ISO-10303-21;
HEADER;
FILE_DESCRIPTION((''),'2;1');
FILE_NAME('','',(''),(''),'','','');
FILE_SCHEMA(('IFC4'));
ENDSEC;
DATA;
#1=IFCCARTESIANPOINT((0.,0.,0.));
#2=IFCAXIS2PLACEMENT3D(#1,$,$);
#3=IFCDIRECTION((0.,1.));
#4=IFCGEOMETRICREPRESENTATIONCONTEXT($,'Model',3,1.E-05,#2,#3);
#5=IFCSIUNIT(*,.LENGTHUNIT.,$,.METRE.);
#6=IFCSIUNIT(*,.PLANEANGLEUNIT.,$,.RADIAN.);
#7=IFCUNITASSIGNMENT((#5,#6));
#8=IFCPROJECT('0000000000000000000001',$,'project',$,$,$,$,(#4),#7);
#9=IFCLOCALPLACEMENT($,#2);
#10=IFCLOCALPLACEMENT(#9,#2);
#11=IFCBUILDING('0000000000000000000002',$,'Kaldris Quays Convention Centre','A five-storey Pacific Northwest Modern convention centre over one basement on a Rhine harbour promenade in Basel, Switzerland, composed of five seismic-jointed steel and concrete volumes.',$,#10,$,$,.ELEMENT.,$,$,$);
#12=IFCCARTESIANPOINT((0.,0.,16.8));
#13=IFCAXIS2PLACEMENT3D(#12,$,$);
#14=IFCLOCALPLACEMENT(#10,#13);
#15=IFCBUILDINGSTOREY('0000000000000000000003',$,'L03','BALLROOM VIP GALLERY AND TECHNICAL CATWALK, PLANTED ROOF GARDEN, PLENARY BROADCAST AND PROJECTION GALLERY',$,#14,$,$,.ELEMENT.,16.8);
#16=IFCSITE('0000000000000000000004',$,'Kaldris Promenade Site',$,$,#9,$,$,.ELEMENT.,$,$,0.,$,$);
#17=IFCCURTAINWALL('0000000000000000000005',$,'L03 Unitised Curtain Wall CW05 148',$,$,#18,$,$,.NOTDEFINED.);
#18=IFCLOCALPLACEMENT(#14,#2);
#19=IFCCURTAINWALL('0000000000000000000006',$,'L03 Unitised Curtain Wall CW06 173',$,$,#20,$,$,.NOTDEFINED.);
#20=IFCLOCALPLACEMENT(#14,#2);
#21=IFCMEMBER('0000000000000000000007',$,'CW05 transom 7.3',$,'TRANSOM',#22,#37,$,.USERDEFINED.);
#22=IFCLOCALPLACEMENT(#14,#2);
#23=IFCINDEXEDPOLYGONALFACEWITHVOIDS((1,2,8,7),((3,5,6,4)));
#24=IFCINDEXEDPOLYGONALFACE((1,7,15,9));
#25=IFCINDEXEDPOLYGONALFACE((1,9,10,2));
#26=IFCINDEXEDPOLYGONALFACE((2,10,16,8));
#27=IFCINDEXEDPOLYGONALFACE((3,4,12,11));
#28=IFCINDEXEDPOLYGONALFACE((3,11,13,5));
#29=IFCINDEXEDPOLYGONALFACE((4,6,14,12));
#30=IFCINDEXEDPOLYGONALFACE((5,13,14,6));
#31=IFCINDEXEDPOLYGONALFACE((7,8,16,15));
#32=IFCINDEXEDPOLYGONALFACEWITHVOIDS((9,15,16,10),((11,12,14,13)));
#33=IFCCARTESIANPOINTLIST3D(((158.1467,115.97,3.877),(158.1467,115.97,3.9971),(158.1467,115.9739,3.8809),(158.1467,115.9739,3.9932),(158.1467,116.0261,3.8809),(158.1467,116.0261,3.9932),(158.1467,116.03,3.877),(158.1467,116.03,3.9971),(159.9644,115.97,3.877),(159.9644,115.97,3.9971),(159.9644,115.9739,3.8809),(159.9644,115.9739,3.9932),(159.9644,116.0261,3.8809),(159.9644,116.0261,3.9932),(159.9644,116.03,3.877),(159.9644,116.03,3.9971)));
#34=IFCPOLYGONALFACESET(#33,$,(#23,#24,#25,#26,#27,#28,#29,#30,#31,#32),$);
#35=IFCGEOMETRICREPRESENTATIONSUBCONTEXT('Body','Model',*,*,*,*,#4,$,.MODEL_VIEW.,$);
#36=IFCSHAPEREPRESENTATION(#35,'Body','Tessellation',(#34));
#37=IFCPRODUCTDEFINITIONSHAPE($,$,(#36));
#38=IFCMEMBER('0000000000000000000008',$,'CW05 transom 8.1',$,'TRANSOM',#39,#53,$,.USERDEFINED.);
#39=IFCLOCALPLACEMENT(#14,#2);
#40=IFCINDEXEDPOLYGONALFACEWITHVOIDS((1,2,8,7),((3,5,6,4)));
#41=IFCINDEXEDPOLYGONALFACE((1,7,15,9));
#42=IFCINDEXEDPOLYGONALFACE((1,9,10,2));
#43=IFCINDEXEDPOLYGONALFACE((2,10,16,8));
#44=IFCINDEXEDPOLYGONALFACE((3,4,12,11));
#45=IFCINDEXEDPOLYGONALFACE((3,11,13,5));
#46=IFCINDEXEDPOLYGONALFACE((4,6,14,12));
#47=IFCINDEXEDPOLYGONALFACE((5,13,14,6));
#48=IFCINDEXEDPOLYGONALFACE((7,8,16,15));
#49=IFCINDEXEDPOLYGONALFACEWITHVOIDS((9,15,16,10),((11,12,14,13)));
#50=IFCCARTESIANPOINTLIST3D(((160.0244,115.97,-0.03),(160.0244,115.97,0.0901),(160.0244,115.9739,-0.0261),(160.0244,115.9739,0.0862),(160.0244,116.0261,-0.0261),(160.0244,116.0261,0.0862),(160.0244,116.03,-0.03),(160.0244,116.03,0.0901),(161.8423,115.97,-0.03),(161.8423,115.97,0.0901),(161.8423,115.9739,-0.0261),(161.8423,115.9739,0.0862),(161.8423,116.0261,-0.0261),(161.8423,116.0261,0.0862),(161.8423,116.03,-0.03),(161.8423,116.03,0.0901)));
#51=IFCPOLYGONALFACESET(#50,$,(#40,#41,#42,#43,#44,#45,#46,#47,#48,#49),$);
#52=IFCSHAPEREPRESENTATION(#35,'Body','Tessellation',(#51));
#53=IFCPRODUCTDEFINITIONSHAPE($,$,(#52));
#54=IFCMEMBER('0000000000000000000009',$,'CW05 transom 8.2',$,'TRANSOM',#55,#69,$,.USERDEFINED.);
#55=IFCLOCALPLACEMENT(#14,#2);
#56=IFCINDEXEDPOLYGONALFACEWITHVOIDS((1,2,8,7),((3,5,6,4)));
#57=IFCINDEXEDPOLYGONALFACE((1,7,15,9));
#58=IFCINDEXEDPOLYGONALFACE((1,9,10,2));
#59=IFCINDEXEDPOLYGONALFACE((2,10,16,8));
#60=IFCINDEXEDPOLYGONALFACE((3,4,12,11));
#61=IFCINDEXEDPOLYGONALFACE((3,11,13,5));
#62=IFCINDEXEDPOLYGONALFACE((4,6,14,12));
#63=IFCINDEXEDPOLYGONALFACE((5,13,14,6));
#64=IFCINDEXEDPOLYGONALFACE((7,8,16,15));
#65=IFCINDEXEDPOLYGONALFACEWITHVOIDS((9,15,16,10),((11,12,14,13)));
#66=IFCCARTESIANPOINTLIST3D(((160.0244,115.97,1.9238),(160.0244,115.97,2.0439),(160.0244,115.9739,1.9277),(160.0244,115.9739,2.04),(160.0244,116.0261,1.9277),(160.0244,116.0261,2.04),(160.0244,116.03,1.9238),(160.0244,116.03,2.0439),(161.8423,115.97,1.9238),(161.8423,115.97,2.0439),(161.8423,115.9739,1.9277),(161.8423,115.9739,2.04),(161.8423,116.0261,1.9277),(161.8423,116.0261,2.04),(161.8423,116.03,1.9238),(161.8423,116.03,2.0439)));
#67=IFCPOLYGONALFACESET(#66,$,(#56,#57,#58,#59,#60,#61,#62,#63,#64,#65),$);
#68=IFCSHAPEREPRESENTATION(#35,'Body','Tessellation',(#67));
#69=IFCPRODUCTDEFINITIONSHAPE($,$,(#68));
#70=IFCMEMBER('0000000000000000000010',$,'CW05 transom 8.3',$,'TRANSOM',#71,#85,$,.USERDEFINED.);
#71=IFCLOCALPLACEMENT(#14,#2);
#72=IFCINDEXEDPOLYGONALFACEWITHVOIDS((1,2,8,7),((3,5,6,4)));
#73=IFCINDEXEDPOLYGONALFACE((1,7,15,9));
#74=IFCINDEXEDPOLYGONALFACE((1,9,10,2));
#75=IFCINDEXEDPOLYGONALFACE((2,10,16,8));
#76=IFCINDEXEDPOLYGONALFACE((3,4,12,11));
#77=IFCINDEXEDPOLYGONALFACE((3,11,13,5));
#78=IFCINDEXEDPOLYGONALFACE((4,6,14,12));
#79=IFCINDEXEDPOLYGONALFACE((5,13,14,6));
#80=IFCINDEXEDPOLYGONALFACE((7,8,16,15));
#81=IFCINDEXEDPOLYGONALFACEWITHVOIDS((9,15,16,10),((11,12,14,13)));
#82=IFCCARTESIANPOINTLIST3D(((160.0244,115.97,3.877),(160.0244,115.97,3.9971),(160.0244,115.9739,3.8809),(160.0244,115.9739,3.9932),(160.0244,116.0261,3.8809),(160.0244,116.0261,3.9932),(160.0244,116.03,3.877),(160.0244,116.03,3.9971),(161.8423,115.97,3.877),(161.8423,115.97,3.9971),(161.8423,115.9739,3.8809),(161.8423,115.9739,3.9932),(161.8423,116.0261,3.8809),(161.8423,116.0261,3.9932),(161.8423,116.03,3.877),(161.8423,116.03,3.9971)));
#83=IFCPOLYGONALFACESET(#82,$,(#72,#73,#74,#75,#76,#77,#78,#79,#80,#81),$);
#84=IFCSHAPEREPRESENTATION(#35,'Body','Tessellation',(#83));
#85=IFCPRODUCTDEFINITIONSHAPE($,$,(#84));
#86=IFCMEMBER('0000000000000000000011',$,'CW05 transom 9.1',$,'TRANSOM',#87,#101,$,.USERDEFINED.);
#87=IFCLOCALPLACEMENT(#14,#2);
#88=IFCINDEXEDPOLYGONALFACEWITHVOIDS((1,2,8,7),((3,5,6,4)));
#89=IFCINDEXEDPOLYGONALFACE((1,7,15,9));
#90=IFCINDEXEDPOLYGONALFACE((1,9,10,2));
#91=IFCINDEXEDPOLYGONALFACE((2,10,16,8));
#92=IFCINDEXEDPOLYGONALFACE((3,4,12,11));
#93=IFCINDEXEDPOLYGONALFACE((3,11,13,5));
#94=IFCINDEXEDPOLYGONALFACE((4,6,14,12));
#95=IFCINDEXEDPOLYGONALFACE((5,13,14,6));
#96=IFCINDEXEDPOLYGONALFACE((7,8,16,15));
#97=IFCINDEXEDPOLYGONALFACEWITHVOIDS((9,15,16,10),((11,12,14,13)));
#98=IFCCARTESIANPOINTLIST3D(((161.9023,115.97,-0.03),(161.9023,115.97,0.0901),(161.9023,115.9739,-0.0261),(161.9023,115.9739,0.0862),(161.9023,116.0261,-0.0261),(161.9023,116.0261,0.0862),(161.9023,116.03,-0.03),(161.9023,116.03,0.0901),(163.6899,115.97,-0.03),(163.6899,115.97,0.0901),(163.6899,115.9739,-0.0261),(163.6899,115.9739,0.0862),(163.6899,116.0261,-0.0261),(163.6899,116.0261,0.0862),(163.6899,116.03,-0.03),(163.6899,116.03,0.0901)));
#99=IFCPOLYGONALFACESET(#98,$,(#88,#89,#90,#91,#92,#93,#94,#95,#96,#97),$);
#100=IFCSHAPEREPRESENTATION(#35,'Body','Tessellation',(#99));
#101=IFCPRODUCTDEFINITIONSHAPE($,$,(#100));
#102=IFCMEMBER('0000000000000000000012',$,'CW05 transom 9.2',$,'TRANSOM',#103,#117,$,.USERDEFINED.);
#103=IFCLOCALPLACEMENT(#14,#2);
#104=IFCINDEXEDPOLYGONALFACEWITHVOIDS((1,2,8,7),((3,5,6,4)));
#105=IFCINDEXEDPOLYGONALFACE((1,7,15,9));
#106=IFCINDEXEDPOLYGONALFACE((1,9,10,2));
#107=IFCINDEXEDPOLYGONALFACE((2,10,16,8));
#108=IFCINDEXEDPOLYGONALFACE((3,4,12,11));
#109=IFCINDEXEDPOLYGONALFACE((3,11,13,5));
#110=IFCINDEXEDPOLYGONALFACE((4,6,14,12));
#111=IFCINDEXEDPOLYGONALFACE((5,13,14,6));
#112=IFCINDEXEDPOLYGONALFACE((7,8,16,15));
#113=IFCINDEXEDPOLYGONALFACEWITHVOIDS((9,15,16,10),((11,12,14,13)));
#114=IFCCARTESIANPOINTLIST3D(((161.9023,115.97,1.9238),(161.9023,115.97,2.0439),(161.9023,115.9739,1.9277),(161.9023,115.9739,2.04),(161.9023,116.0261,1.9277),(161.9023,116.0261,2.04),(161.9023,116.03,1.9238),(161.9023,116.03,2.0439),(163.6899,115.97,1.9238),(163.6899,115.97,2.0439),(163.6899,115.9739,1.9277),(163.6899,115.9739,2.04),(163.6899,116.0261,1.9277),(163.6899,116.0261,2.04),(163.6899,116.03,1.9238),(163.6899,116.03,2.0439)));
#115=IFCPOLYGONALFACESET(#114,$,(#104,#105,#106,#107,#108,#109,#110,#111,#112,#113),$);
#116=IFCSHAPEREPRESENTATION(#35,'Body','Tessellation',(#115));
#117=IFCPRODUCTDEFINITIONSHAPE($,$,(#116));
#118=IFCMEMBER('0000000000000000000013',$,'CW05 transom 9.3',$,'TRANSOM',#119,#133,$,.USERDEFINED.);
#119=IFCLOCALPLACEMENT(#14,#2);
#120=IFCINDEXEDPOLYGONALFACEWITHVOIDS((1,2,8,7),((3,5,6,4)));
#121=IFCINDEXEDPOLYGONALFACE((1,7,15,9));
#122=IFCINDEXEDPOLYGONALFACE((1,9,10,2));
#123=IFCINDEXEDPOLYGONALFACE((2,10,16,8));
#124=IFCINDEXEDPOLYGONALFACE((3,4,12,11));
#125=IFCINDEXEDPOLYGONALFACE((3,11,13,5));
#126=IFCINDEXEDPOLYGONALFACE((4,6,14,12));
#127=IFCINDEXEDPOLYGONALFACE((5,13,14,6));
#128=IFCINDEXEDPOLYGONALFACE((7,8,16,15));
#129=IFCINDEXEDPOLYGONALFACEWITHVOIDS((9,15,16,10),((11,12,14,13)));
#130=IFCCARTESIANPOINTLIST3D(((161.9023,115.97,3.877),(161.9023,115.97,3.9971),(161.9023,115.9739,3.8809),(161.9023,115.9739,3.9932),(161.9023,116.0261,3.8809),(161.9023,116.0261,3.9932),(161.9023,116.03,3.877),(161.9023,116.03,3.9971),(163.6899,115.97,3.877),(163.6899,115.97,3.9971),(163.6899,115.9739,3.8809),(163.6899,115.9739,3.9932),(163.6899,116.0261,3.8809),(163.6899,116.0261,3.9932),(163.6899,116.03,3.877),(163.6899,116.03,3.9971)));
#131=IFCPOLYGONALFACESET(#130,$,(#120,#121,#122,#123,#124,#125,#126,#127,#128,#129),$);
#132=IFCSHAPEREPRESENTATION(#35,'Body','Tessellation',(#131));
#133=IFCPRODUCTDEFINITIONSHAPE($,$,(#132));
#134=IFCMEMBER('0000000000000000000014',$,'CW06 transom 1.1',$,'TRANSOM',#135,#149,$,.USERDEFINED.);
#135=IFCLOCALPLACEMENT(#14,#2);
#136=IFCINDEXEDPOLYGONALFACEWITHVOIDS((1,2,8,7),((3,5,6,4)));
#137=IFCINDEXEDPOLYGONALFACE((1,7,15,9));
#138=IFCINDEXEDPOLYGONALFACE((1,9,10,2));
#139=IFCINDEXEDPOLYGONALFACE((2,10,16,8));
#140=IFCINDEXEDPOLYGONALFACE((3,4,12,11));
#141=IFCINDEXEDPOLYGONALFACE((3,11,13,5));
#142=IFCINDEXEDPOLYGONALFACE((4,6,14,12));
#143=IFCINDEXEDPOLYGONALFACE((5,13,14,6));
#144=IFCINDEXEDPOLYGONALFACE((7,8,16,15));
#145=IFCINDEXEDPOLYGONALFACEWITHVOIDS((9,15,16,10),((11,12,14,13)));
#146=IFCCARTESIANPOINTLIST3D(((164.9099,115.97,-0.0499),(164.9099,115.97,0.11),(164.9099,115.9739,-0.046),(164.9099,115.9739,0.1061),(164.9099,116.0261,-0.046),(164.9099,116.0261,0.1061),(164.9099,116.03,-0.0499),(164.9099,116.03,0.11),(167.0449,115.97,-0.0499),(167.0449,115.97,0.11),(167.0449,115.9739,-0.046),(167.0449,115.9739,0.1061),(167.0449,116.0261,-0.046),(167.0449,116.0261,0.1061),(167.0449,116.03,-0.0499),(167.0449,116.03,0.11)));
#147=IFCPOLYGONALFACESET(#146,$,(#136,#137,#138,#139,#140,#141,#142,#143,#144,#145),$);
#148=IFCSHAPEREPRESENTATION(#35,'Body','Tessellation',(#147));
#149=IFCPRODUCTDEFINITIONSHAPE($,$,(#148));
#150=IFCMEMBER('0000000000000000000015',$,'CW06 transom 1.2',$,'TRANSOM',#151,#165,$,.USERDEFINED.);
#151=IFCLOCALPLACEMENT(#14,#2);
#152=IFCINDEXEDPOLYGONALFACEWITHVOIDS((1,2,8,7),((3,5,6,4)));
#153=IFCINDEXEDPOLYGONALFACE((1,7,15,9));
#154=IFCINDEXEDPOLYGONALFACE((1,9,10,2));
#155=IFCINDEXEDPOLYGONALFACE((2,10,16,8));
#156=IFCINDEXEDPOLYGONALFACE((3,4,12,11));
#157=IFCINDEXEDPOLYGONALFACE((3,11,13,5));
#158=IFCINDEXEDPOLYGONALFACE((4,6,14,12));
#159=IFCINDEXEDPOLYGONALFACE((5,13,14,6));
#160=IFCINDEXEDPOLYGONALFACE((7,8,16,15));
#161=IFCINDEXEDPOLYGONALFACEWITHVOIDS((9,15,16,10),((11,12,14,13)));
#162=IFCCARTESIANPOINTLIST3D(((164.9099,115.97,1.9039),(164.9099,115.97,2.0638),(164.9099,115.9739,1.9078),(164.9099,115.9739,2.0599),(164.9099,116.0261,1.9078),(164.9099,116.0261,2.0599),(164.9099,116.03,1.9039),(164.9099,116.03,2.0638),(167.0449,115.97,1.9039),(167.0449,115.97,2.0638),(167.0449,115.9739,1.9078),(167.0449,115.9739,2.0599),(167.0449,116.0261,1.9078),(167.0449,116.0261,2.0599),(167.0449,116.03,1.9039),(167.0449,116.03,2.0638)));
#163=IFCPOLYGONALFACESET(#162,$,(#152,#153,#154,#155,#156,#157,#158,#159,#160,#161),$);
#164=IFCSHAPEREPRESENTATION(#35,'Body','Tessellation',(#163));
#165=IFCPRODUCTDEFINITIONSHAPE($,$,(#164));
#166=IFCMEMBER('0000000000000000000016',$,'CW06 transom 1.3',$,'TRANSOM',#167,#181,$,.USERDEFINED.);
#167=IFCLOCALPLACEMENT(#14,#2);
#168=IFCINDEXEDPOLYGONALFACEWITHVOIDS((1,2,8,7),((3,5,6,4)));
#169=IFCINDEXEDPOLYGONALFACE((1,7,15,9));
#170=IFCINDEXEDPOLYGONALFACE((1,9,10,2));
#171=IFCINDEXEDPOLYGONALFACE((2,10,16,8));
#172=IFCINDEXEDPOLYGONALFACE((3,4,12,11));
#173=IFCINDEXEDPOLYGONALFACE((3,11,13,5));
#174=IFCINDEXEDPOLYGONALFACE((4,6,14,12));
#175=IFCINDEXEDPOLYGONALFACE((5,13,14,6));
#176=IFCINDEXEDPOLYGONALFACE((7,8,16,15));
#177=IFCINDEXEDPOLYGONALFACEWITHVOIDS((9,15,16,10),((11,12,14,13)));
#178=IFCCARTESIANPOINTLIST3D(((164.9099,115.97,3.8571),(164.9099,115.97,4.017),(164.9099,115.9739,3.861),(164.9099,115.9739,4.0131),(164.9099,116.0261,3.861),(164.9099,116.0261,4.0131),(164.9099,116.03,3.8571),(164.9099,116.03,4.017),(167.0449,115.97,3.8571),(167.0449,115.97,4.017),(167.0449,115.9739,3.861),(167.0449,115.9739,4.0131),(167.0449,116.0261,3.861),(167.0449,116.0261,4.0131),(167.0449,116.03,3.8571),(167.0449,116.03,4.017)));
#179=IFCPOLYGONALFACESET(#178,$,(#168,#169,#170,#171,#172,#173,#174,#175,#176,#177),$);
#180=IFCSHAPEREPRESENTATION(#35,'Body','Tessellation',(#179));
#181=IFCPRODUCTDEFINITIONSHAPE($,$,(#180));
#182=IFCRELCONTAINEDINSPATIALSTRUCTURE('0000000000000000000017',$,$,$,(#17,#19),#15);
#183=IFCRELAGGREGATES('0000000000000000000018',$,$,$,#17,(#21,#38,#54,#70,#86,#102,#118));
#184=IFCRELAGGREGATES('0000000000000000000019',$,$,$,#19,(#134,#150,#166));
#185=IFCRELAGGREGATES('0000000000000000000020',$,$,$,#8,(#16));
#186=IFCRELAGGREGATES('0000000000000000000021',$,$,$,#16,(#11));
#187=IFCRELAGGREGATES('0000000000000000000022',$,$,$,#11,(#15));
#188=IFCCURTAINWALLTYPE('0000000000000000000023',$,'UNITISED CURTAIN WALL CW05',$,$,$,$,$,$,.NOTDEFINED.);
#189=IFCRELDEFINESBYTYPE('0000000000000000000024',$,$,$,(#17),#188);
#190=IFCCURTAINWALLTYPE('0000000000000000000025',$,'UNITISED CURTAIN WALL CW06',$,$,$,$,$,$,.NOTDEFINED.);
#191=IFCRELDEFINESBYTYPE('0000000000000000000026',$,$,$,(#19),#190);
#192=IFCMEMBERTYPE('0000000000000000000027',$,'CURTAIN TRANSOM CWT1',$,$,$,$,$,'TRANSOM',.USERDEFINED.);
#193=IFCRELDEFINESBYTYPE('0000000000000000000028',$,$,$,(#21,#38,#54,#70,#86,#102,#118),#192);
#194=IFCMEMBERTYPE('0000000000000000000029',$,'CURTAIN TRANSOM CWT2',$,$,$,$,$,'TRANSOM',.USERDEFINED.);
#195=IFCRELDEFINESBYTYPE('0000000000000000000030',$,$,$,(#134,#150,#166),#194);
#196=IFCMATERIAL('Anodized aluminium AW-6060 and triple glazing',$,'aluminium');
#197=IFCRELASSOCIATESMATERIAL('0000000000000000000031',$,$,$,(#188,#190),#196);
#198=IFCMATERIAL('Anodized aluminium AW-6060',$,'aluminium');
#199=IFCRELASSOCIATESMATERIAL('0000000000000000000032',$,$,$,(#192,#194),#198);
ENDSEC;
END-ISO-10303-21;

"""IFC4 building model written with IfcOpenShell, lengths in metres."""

from ifc_helpers import new_model, si_unit, direction, frame, origin, origin_2d, place, context, subcontext, project, spatial, hollow_rectangle, extrude, material, material_profile, profile_set, type_object, element, aggregate, save


model = new_model("IFC4")

# Units and contexts
model_context = context("Model", 3, precision=1e-05, world=origin(), true_north=direction((0.0, 1.0)))
body_context = subcontext(model_context, "Body", "Model", "MODEL_VIEW")
ifc_project = project(units=[si_unit("LENGTHUNIT", "METRE"), si_unit("PLANEANGLEUNIT", "RADIAN")], contexts=[model_context])

# Site, building, storey
site_placement = place(None, origin())
site = spatial("IfcSite", under=ifc_project, at=site_placement, Name="Kaldris Promenade Site", CompositionType="ELEMENT", RefElevation=0.0)
building_placement = place(site_placement, origin())
building = spatial("IfcBuilding", under=site, at=building_placement, Name="Kaldris Quays Convention Centre", Description="A five-storey Pacific Northwest Modern convention centre over one basement on a Rhine harbour promenade in Basel, Switzerland, composed of five seismic-jointed steel and concrete volumes.", CompositionType="ELEMENT")
storey_placement = place(building_placement, frame((0.0, 0.0, 16.8)))
storey = spatial("IfcBuildingStorey", under=building, at=storey_placement, Name="L03", Description="BALLROOM VIP GALLERY AND TECHNICAL CATWALK, PLANTED ROOF GARDEN, PLENARY BROADCAST AND PROJECTION GALLERY", CompositionType="ELEMENT", Elevation=16.8)

# Curtain wall
ifc_material_1 = material(Name="Anodized aluminium AW-6060 and triple glazing", Category="aluminium")
curtain_wall_type_1 = type_object("IfcCurtainWallType", Name="UNITISED CURTAIN WALL CW05", PredefinedType="NOTDEFINED", material=ifc_material_1)
curtain_wall_1_placement = place(storey_placement, origin())
curtain_wall_1 = element("IfcCurtainWall", 1, at=curtain_wall_1_placement, inside=storey, type_object=curtain_wall_type_1, Name="L03 Unitised Curtain Wall CW05 148", PredefinedType="NOTDEFINED")
ifc_material_2 = material(Name="Anodized aluminium AW-6060", Category="aluminium")

# Curtain wall
curtain_wall_type_2 = type_object("IfcCurtainWallType", Name="UNITISED CURTAIN WALL CW06", PredefinedType="NOTDEFINED", material=ifc_material_1)
curtain_wall_2_placement = place(storey_placement, origin())
curtain_wall_2 = element("IfcCurtainWall", 2, at=curtain_wall_2_placement, inside=storey, type_object=curtain_wall_type_2, Name="L03 Unitised Curtain Wall CW06 173", PredefinedType="NOTDEFINED")

# Members
ifc_material_profile_1 = material_profile(ifc_material_2, hollow_rectangle(XDim=0.0601, YDim=0.1201, WallThickness=0.0039, at=origin_2d()), Name="RHS 120x60x4")
ifc_profile_set_1 = profile_set([ifc_material_profile_1], Name="Anodized aluminium AW-6060")
member_type_1 = type_object("IfcMemberType", Name="CURTAIN TRANSOM CWT1", ElementType="TRANSOM", PredefinedType="USERDEFINED", material=ifc_profile_set_1)
member_1_placement = place(storey_placement, frame((158.1467, 116.0, 3.937), z_axis=(1.0, 0.0, 0.0), x_axis=(0.0, 1.0, 0.0)))
member_1 = element("IfcMember", 3, at=member_1_placement, type_object=member_type_1, Name="CW05 transom 7.3", ObjectType="TRANSOM", PredefinedType="USERDEFINED", context=body_context, shape_type="SweptSolid", body=[
    extrude(hollow_rectangle(XDim=0.0601, YDim=0.1201, WallThickness=0.0039, at=origin_2d()), origin(), (0.0, 0.0, 1.0), 1.8176),
])
member_2_placement = place(storey_placement, frame((160.0244, 116.0, 0.03), z_axis=(1.0, 0.0, 0.0), x_axis=(0.0, 1.0, 0.0)))
member_2 = element("IfcMember", 4, at=member_2_placement, type_object=member_type_1, Name="CW05 transom 8.1", ObjectType="TRANSOM", PredefinedType="USERDEFINED", context=body_context, shape_type="SweptSolid", body=[
    extrude(hollow_rectangle(XDim=0.0601, YDim=0.1201, WallThickness=0.0039, at=origin_2d()), origin(), (0.0, 0.0, 1.0), 1.8179),
])
member_3_placement = place(storey_placement, frame((160.0244, 116.0, 1.9839), z_axis=(1.0, 0.0, 0.0), x_axis=(0.0, 1.0, 0.0)))
member_3 = element("IfcMember", 5, at=member_3_placement, type_object=member_type_1, Name="CW05 transom 8.2", ObjectType="TRANSOM", PredefinedType="USERDEFINED", context=body_context, shape_type="SweptSolid", body=[
    extrude(hollow_rectangle(XDim=0.0601, YDim=0.1201, WallThickness=0.0039, at=origin_2d()), origin(), (0.0, 0.0, 1.0), 1.8179),
])
member_4_placement = place(storey_placement, frame((160.0244, 116.0, 3.937), z_axis=(1.0, 0.0, 0.0), x_axis=(0.0, 1.0, 0.0)))
member_4 = element("IfcMember", 6, at=member_4_placement, type_object=member_type_1, Name="CW05 transom 8.3", ObjectType="TRANSOM", PredefinedType="USERDEFINED", context=body_context, shape_type="SweptSolid", body=[
    extrude(hollow_rectangle(XDim=0.0601, YDim=0.1201, WallThickness=0.0039, at=origin_2d()), origin(), (0.0, 0.0, 1.0), 1.8179),
])
member_5_placement = place(storey_placement, frame((161.9023, 116.0, 0.03), z_axis=(1.0, 0.0, 0.0), x_axis=(0.0, 1.0, 0.0)))
member_5 = element("IfcMember", 7, at=member_5_placement, type_object=member_type_1, Name="CW05 transom 9.1", ObjectType="TRANSOM", PredefinedType="USERDEFINED", context=body_context, shape_type="SweptSolid", body=[
    extrude(hollow_rectangle(XDim=0.0601, YDim=0.1201, WallThickness=0.0039, at=origin_2d()), origin(), (0.0, 0.0, 1.0), 1.7876),
])
member_6_placement = place(storey_placement, frame((161.9023, 116.0, 1.9839), z_axis=(1.0, 0.0, 0.0), x_axis=(0.0, 1.0, 0.0)))
member_6 = element("IfcMember", 8, at=member_6_placement, type_object=member_type_1, Name="CW05 transom 9.2", ObjectType="TRANSOM", PredefinedType="USERDEFINED", context=body_context, shape_type="SweptSolid", body=[
    extrude(hollow_rectangle(XDim=0.0601, YDim=0.1201, WallThickness=0.0039, at=origin_2d()), origin(), (0.0, 0.0, 1.0), 1.7876),
])
member_7_placement = place(storey_placement, frame((161.9023, 116.0, 3.937), z_axis=(1.0, 0.0, 0.0), x_axis=(0.0, 1.0, 0.0)))
member_7 = element("IfcMember", 9, at=member_7_placement, type_object=member_type_1, Name="CW05 transom 9.3", ObjectType="TRANSOM", PredefinedType="USERDEFINED", context=body_context, shape_type="SweptSolid", body=[
    extrude(hollow_rectangle(XDim=0.0601, YDim=0.1201, WallThickness=0.0039, at=origin_2d()), origin(), (0.0, 0.0, 1.0), 1.7876),
])
ifc_material_profile_2 = material_profile(ifc_material_2, hollow_rectangle(XDim=0.0601, YDim=0.1599, WallThickness=0.0039, at=origin_2d()), Name="RHS 160x60x4")
ifc_profile_set_2 = profile_set([ifc_material_profile_2], Name="Anodized aluminium AW-6060")
member_type_2 = type_object("IfcMemberType", Name="CURTAIN TRANSOM CWT2", ElementType="TRANSOM", PredefinedType="USERDEFINED", material=ifc_profile_set_2)
member_8_placement = place(storey_placement, frame((164.9099, 116.0, 0.03), z_axis=(1.0, 0.0, 0.0), x_axis=(0.0, 1.0, 0.0)))
member_8 = element("IfcMember", 10, at=member_8_placement, type_object=member_type_2, Name="CW06 transom 1.1", ObjectType="TRANSOM", PredefinedType="USERDEFINED", context=body_context, shape_type="SweptSolid", body=[
    extrude(hollow_rectangle(XDim=0.0601, YDim=0.1599, WallThickness=0.0039, at=origin_2d()), origin(), (0.0, 0.0, 1.0), 2.135),
])
member_9_placement = place(storey_placement, frame((164.9099, 116.0, 1.9839), z_axis=(1.0, 0.0, 0.0), x_axis=(0.0, 1.0, 0.0)))
member_9 = element("IfcMember", 11, at=member_9_placement, type_object=member_type_2, Name="CW06 transom 1.2", ObjectType="TRANSOM", PredefinedType="USERDEFINED", context=body_context, shape_type="SweptSolid", body=[
    extrude(hollow_rectangle(XDim=0.0601, YDim=0.1599, WallThickness=0.0039, at=origin_2d()), origin(), (0.0, 0.0, 1.0), 2.135),
])
member_10_placement = place(storey_placement, frame((164.9099, 116.0, 3.937), z_axis=(1.0, 0.0, 0.0), x_axis=(0.0, 1.0, 0.0)))
member_10 = element("IfcMember", 12, at=member_10_placement, type_object=member_type_2, Name="CW06 transom 1.3", ObjectType="TRANSOM", PredefinedType="USERDEFINED", context=body_context, shape_type="SweptSolid", body=[
    extrude(hollow_rectangle(XDim=0.0601, YDim=0.1599, WallThickness=0.0039, at=origin_2d()), origin(), (0.0, 0.0, 1.0), 2.135),
])

aggregate(curtain_wall_1, [member_1, member_2, member_3, member_4, member_5, member_6, member_7])
aggregate(curtain_wall_2, [member_8, member_9, member_10])

save(model, "model.ifc")
